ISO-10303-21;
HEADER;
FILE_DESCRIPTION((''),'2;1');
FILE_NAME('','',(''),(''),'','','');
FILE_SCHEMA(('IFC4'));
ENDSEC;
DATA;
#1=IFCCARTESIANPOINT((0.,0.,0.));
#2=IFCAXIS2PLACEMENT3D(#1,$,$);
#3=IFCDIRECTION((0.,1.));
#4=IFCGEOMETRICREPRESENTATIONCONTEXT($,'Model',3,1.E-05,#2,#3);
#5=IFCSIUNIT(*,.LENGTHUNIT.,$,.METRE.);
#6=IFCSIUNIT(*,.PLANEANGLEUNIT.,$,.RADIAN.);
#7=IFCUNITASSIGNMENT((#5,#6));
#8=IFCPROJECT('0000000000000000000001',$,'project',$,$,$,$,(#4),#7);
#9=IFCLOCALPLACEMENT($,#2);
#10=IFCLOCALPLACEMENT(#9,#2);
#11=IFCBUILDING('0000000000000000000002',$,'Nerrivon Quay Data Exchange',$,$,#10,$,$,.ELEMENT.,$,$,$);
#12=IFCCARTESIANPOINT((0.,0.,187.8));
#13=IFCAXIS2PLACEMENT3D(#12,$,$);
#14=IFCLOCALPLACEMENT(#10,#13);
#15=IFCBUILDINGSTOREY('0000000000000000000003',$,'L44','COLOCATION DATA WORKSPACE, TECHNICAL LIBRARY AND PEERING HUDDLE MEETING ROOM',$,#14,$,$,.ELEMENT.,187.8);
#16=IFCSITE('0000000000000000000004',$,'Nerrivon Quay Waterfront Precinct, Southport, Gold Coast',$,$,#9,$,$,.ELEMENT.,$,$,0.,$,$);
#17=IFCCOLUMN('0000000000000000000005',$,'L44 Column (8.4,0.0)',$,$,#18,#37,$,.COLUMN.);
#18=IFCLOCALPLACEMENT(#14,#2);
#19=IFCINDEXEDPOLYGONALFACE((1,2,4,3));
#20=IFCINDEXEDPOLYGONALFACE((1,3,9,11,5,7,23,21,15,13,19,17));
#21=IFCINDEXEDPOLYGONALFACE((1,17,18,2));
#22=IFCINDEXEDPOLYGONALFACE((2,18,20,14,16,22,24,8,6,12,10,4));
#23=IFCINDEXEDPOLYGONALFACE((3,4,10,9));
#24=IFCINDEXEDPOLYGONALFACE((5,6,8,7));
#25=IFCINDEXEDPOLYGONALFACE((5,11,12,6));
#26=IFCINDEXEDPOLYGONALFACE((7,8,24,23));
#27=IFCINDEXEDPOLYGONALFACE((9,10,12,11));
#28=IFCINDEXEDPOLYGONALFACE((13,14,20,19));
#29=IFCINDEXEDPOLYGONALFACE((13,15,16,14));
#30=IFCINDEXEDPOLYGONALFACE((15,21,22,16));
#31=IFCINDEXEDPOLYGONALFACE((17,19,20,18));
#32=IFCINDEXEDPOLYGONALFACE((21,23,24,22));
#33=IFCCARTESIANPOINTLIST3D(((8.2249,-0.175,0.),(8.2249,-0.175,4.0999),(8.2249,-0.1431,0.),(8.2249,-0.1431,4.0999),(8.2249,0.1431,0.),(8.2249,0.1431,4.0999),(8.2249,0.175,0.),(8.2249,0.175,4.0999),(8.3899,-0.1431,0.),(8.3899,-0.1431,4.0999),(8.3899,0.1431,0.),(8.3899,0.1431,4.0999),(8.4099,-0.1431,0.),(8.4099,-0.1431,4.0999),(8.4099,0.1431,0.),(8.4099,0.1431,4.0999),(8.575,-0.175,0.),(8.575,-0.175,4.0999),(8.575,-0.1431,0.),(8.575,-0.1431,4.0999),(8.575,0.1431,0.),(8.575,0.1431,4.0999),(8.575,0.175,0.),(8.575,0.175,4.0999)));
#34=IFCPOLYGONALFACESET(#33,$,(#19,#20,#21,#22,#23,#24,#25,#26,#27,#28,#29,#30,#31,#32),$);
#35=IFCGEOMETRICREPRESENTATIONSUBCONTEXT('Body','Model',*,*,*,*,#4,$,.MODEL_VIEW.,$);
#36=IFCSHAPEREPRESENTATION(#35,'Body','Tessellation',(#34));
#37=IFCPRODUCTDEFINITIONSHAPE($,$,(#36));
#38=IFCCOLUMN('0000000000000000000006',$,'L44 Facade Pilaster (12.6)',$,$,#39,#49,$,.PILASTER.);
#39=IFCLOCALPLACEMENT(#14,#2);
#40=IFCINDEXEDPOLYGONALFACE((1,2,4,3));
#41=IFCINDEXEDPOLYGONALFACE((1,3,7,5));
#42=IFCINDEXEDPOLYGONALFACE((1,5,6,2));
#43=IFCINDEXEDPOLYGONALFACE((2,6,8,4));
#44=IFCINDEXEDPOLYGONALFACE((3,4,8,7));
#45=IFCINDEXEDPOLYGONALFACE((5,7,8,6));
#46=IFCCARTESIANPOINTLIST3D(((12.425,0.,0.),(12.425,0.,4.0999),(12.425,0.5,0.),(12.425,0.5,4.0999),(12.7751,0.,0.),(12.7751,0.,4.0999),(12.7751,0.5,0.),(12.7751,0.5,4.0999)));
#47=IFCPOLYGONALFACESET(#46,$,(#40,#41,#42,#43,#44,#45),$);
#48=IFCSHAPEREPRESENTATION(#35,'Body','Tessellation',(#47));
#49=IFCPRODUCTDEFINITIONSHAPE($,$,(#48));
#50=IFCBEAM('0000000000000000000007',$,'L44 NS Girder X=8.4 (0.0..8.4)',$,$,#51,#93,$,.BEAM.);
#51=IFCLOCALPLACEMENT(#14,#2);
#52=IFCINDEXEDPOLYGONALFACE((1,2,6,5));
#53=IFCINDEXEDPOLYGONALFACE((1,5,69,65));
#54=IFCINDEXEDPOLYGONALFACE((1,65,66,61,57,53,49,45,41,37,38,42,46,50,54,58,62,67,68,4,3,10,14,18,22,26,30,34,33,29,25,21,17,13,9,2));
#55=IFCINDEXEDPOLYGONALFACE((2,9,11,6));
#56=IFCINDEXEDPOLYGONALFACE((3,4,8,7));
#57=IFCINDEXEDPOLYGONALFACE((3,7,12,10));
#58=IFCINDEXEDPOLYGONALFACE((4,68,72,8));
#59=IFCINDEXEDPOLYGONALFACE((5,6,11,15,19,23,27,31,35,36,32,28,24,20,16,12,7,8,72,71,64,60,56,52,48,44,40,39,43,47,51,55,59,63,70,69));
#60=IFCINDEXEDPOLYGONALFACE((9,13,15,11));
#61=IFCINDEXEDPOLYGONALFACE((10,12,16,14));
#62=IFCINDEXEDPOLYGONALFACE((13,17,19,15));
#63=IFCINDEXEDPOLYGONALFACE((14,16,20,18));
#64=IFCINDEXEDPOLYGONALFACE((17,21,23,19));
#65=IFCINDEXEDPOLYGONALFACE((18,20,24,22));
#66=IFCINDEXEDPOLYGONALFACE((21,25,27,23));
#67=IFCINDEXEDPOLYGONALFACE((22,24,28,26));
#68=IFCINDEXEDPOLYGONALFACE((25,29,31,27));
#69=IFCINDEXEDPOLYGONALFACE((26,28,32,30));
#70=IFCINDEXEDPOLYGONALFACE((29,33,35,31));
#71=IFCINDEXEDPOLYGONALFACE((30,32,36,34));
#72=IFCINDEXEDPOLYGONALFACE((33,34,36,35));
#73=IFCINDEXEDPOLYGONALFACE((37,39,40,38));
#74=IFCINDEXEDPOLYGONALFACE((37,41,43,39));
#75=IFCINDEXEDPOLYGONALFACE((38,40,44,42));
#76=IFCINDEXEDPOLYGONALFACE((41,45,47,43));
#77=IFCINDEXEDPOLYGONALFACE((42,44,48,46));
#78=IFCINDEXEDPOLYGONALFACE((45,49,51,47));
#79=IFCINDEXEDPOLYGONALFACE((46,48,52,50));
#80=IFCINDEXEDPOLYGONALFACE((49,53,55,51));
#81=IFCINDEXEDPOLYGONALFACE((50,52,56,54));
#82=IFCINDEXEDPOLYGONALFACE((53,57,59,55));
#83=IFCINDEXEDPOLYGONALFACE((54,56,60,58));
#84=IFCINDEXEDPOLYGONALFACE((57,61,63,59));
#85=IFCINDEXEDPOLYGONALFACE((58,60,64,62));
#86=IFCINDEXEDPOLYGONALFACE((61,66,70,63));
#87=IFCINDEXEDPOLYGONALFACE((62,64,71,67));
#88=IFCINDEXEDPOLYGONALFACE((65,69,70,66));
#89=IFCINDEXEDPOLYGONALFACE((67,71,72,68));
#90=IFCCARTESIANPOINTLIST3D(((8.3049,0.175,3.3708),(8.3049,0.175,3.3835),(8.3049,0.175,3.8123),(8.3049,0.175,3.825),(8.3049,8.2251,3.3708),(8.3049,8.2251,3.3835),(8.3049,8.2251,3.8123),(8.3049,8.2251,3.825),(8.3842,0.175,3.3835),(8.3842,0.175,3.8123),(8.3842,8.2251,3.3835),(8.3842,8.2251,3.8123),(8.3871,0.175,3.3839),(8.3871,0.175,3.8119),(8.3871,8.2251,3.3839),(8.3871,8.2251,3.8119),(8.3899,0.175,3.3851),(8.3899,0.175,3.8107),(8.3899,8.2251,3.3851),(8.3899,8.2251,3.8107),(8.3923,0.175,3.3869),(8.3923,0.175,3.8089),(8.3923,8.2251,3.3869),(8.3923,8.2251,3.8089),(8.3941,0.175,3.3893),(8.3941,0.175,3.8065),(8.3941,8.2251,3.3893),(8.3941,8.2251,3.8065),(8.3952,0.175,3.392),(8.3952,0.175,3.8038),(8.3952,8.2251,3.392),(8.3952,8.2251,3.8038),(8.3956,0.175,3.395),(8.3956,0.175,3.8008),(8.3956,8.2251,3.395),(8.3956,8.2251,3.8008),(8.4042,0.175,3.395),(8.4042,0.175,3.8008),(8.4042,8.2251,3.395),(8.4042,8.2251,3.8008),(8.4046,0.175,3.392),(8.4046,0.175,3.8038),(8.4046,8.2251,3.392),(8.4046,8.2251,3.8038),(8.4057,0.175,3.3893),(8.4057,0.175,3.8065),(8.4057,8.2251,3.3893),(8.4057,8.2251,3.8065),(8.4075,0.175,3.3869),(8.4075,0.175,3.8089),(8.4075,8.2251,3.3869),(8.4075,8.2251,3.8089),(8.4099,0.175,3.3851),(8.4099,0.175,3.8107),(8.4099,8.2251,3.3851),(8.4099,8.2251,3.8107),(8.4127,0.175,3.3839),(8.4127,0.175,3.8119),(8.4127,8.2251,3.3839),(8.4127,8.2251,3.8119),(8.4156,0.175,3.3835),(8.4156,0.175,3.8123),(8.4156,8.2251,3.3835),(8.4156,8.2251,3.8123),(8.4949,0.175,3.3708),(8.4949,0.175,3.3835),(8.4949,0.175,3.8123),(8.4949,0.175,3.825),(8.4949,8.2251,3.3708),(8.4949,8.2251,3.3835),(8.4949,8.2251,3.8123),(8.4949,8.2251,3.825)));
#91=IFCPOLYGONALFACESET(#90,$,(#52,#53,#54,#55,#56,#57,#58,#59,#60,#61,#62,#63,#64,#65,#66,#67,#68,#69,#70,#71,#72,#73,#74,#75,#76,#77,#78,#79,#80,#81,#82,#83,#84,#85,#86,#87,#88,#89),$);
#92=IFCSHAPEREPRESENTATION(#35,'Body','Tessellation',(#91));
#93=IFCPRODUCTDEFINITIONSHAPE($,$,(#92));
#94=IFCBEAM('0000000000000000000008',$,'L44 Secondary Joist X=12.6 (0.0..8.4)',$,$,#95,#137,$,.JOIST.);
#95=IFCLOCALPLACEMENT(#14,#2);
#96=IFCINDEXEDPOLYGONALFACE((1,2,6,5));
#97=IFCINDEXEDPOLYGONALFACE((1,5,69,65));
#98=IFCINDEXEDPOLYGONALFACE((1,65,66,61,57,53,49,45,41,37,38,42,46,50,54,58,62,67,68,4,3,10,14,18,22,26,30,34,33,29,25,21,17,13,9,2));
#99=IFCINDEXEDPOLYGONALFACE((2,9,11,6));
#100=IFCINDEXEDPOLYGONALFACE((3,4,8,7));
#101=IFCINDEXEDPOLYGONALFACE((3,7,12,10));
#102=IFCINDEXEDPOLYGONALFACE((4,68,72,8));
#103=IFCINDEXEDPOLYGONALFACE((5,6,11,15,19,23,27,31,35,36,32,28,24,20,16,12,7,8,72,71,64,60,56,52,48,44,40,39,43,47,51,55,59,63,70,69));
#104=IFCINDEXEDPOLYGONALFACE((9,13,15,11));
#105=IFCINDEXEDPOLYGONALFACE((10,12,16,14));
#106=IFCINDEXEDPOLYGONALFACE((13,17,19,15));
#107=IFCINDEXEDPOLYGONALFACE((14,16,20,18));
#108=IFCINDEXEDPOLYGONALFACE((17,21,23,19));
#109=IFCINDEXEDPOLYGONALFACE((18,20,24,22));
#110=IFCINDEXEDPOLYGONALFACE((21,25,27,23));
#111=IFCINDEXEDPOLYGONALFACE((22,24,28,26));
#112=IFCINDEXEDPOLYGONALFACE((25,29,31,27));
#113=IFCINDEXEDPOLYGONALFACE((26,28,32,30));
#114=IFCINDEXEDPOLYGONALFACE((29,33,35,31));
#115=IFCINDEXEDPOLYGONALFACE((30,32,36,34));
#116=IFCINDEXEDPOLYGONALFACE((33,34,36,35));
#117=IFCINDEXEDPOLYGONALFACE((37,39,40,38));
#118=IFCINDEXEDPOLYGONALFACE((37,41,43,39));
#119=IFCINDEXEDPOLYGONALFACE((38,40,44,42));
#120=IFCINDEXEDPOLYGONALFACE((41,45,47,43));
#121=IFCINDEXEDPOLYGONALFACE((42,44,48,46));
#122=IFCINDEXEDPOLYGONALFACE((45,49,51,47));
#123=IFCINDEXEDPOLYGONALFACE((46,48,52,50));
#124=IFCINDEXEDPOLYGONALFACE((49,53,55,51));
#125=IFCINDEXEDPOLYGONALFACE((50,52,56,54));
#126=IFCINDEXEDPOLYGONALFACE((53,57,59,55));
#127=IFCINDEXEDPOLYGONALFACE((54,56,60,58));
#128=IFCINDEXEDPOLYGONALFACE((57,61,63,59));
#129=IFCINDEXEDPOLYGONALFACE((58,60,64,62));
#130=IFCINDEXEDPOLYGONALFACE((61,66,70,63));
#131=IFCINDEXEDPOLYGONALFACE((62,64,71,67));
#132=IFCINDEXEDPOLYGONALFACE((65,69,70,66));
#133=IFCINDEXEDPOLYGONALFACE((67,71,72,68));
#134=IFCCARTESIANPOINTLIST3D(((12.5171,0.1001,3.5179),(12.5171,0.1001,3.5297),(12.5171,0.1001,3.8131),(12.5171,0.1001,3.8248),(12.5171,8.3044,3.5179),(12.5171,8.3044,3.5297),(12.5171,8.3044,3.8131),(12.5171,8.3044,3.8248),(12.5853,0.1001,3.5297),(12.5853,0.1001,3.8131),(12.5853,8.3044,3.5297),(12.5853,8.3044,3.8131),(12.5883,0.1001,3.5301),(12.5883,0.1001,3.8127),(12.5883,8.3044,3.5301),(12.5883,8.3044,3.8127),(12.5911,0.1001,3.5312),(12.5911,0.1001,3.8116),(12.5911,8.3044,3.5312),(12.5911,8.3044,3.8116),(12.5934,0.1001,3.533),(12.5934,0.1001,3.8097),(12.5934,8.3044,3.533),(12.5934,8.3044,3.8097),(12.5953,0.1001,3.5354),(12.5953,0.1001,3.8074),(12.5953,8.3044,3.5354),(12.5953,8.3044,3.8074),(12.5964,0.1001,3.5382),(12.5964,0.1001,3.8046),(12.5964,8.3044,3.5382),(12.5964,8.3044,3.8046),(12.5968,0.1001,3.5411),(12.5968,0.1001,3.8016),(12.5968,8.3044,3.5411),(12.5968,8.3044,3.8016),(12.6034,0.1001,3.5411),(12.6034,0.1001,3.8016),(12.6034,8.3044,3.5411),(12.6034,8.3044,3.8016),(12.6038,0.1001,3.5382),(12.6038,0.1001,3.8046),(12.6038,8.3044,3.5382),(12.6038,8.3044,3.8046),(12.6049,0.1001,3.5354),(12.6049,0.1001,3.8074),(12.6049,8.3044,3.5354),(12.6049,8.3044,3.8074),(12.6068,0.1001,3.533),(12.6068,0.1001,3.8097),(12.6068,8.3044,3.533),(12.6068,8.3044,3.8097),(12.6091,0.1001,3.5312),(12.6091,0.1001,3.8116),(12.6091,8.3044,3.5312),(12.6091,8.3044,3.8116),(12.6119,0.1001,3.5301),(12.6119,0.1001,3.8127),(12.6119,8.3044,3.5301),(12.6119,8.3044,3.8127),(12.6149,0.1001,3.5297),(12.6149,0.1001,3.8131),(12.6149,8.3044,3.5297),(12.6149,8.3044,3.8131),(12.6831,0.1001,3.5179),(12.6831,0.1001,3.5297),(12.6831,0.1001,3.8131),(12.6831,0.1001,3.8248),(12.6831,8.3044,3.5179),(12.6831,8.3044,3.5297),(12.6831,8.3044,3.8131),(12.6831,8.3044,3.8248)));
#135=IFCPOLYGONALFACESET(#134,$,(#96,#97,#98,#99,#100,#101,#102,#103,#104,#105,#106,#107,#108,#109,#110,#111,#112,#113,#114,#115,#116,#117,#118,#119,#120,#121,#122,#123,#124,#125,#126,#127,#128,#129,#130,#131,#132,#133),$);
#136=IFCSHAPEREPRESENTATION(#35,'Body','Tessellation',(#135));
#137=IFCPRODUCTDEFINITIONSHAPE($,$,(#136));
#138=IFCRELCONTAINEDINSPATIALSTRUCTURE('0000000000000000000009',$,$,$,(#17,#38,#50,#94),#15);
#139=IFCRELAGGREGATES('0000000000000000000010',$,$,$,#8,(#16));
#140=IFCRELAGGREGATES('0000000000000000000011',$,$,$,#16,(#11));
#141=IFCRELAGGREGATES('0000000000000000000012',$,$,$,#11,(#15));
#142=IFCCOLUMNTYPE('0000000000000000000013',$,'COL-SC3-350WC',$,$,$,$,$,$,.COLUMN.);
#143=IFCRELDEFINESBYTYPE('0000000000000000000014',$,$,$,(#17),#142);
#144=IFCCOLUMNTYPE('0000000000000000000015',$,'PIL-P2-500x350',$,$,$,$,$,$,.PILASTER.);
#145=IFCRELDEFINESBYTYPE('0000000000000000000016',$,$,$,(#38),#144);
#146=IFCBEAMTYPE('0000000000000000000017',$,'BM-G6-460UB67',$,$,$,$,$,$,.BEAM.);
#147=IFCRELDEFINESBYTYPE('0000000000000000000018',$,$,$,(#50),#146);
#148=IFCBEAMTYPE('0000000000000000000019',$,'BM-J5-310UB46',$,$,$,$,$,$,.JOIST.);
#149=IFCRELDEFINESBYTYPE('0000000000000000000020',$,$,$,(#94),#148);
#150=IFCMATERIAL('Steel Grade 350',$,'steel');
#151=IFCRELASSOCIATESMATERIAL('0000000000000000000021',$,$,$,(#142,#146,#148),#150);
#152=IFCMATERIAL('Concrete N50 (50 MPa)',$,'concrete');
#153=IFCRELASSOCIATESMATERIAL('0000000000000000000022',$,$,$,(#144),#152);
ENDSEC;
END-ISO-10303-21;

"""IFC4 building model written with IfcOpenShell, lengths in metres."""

from ifc_helpers import new_model, si_unit, direction, frame, origin, origin_2d, place, context, subcontext, project, spatial, rectangle, i_section, extrude, material, material_profile, profile_set, type_object, element, save


model = new_model("IFC4")

# Units and contexts
model_context = context("Model", 3, precision=1e-05, world=origin(), true_north=direction((0.0, 1.0)))
body_context = subcontext(model_context, "Body", "Model", "MODEL_VIEW")
ifc_project = project(units=[si_unit("LENGTHUNIT", "METRE"), si_unit("PLANEANGLEUNIT", "RADIAN")], contexts=[model_context])

# Site, building, storey
site_placement = place(None, origin())
site = spatial("IfcSite", under=ifc_project, at=site_placement, Name="Nerrivon Quay Waterfront Precinct, Southport, Gold Coast", CompositionType="ELEMENT", RefElevation=0.0)
building_placement = place(site_placement, origin())
building = spatial("IfcBuilding", under=site, at=building_placement, Name="Nerrivon Quay Data Exchange", CompositionType="ELEMENT")
storey_placement = place(building_placement, frame((0.0, 0.0, 187.8)))
storey = spatial("IfcBuildingStorey", under=building, at=storey_placement, Name="L44", Description="COLOCATION DATA WORKSPACE, TECHNICAL LIBRARY AND PEERING HUDDLE MEETING ROOM", CompositionType="ELEMENT", Elevation=187.8)

# Columns
ifc_material_1 = material(Name="Steel Grade 350", Category="steel")
ifc_material_profile_1 = material_profile(ifc_material_1, i_section(OverallWidth=0.3501, OverallDepth=0.3501, WebThickness=0.02, FlangeThickness=0.032, at=origin_2d()), Name="350WC230")
ifc_profile_set_1 = profile_set([ifc_material_profile_1], Name="Steel Grade 350")
column_type_1 = type_object("IfcColumnType", Name="COL-SC3-350WC", PredefinedType="COLUMN", material=ifc_profile_set_1)
column_1_placement = place(storey_placement, frame((8.3999, 0.0, 0.0), z_axis=(0.0, 0.0, 1.0), x_axis=(1.0, 0.0, 0.0)))
element("IfcColumn", 1, at=column_1_placement, inside=storey, type_object=column_type_1, Name="L44 Column (8.4,0.0)", PredefinedType="COLUMN", context=body_context, shape_type="SweptSolid", body=[
    extrude(i_section(OverallWidth=0.3501, OverallDepth=0.3501, WebThickness=0.02, FlangeThickness=0.032, at=origin_2d()), origin(), (0.0, 0.0, 1.0), 4.0999),
])
ifc_material_2 = material(Name="Concrete N50 (50 MPa)", Category="concrete")
ifc_material_profile_2 = material_profile(ifc_material_2, rectangle(XDim=0.3501, YDim=0.5, at=origin_2d()), Name="RC-PIL-500x350")
ifc_profile_set_2 = profile_set([ifc_material_profile_2], Name="Concrete N50 (50 MPa)")
column_type_2 = type_object("IfcColumnType", Name="PIL-P2-500x350", PredefinedType="PILASTER", material=ifc_profile_set_2)
column_2_placement = place(storey_placement, frame((12.6001, 0.25, 0.0), z_axis=(0.0, 0.0, 1.0), x_axis=(1.0, 0.0, 0.0)))
element("IfcColumn", 2, at=column_2_placement, inside=storey, type_object=column_type_2, Name="L44 Facade Pilaster (12.6)", PredefinedType="PILASTER", context=body_context, shape_type="SweptSolid", body=[
    extrude(rectangle(XDim=0.3501, YDim=0.5, at=origin_2d()), origin(), (0.0, 0.0, 1.0), 4.0999),
])

# Beams
ifc_material_profile_3 = material_profile(ifc_material_1, i_section(OverallWidth=0.1899, OverallDepth=0.4541, WebThickness=0.0085, FlangeThickness=0.0127, FilletRadius=0.0115, at=origin_2d()), Name="460UB67.1")
ifc_profile_set_3 = profile_set([ifc_material_profile_3], Name="Steel Grade 350")
beam_type_1 = type_object("IfcBeamType", Name="BM-G6-460UB67", PredefinedType="BEAM", material=ifc_profile_set_3)
beam_1_placement = place(storey_placement, frame((8.3999, 0.175, 3.5979), z_axis=(0.0, 1.0, 0.0), x_axis=(-1.0, 0.0, 0.0)))
element("IfcBeam", 3, at=beam_1_placement, inside=storey, type_object=beam_type_1, Name="L44 NS Girder X=8.4 (0.0..8.4)", PredefinedType="BEAM", context=body_context, shape_type="SweptSolid", body=[
    extrude(i_section(OverallWidth=0.1899, OverallDepth=0.4541, WebThickness=0.0085, FlangeThickness=0.0127, FilletRadius=0.0115, at=origin_2d()), origin(), (0.0, 0.0, 1.0), 8.05),
])
ifc_material_profile_4 = material_profile(ifc_material_1, i_section(OverallWidth=0.166, OverallDepth=0.3069, WebThickness=0.0066, FlangeThickness=0.0117, FilletRadius=0.0115, at=origin_2d()), Name="310UB46.2")
ifc_profile_set_4 = profile_set([ifc_material_profile_4], Name="Steel Grade 350")
beam_type_2 = type_object("IfcBeamType", Name="BM-J5-310UB46", PredefinedType="JOIST", material=ifc_profile_set_4)
beam_2_placement = place(storey_placement, frame((12.6001, 0.1001, 3.6714), z_axis=(0.0, 1.0, 0.0), x_axis=(-1.0, 0.0, 0.0)))
element("IfcBeam", 4, at=beam_2_placement, inside=storey, type_object=beam_type_2, Name="L44 Secondary Joist X=12.6 (0.0..8.4)", PredefinedType="JOIST", context=body_context, shape_type="SweptSolid", body=[
    extrude(i_section(OverallWidth=0.166, OverallDepth=0.3069, WebThickness=0.0066, FlangeThickness=0.0117, FilletRadius=0.0115, at=origin_2d()), origin(), (0.0, 0.0, 1.0), 8.2043),
])

save(model, "model.ifc")
